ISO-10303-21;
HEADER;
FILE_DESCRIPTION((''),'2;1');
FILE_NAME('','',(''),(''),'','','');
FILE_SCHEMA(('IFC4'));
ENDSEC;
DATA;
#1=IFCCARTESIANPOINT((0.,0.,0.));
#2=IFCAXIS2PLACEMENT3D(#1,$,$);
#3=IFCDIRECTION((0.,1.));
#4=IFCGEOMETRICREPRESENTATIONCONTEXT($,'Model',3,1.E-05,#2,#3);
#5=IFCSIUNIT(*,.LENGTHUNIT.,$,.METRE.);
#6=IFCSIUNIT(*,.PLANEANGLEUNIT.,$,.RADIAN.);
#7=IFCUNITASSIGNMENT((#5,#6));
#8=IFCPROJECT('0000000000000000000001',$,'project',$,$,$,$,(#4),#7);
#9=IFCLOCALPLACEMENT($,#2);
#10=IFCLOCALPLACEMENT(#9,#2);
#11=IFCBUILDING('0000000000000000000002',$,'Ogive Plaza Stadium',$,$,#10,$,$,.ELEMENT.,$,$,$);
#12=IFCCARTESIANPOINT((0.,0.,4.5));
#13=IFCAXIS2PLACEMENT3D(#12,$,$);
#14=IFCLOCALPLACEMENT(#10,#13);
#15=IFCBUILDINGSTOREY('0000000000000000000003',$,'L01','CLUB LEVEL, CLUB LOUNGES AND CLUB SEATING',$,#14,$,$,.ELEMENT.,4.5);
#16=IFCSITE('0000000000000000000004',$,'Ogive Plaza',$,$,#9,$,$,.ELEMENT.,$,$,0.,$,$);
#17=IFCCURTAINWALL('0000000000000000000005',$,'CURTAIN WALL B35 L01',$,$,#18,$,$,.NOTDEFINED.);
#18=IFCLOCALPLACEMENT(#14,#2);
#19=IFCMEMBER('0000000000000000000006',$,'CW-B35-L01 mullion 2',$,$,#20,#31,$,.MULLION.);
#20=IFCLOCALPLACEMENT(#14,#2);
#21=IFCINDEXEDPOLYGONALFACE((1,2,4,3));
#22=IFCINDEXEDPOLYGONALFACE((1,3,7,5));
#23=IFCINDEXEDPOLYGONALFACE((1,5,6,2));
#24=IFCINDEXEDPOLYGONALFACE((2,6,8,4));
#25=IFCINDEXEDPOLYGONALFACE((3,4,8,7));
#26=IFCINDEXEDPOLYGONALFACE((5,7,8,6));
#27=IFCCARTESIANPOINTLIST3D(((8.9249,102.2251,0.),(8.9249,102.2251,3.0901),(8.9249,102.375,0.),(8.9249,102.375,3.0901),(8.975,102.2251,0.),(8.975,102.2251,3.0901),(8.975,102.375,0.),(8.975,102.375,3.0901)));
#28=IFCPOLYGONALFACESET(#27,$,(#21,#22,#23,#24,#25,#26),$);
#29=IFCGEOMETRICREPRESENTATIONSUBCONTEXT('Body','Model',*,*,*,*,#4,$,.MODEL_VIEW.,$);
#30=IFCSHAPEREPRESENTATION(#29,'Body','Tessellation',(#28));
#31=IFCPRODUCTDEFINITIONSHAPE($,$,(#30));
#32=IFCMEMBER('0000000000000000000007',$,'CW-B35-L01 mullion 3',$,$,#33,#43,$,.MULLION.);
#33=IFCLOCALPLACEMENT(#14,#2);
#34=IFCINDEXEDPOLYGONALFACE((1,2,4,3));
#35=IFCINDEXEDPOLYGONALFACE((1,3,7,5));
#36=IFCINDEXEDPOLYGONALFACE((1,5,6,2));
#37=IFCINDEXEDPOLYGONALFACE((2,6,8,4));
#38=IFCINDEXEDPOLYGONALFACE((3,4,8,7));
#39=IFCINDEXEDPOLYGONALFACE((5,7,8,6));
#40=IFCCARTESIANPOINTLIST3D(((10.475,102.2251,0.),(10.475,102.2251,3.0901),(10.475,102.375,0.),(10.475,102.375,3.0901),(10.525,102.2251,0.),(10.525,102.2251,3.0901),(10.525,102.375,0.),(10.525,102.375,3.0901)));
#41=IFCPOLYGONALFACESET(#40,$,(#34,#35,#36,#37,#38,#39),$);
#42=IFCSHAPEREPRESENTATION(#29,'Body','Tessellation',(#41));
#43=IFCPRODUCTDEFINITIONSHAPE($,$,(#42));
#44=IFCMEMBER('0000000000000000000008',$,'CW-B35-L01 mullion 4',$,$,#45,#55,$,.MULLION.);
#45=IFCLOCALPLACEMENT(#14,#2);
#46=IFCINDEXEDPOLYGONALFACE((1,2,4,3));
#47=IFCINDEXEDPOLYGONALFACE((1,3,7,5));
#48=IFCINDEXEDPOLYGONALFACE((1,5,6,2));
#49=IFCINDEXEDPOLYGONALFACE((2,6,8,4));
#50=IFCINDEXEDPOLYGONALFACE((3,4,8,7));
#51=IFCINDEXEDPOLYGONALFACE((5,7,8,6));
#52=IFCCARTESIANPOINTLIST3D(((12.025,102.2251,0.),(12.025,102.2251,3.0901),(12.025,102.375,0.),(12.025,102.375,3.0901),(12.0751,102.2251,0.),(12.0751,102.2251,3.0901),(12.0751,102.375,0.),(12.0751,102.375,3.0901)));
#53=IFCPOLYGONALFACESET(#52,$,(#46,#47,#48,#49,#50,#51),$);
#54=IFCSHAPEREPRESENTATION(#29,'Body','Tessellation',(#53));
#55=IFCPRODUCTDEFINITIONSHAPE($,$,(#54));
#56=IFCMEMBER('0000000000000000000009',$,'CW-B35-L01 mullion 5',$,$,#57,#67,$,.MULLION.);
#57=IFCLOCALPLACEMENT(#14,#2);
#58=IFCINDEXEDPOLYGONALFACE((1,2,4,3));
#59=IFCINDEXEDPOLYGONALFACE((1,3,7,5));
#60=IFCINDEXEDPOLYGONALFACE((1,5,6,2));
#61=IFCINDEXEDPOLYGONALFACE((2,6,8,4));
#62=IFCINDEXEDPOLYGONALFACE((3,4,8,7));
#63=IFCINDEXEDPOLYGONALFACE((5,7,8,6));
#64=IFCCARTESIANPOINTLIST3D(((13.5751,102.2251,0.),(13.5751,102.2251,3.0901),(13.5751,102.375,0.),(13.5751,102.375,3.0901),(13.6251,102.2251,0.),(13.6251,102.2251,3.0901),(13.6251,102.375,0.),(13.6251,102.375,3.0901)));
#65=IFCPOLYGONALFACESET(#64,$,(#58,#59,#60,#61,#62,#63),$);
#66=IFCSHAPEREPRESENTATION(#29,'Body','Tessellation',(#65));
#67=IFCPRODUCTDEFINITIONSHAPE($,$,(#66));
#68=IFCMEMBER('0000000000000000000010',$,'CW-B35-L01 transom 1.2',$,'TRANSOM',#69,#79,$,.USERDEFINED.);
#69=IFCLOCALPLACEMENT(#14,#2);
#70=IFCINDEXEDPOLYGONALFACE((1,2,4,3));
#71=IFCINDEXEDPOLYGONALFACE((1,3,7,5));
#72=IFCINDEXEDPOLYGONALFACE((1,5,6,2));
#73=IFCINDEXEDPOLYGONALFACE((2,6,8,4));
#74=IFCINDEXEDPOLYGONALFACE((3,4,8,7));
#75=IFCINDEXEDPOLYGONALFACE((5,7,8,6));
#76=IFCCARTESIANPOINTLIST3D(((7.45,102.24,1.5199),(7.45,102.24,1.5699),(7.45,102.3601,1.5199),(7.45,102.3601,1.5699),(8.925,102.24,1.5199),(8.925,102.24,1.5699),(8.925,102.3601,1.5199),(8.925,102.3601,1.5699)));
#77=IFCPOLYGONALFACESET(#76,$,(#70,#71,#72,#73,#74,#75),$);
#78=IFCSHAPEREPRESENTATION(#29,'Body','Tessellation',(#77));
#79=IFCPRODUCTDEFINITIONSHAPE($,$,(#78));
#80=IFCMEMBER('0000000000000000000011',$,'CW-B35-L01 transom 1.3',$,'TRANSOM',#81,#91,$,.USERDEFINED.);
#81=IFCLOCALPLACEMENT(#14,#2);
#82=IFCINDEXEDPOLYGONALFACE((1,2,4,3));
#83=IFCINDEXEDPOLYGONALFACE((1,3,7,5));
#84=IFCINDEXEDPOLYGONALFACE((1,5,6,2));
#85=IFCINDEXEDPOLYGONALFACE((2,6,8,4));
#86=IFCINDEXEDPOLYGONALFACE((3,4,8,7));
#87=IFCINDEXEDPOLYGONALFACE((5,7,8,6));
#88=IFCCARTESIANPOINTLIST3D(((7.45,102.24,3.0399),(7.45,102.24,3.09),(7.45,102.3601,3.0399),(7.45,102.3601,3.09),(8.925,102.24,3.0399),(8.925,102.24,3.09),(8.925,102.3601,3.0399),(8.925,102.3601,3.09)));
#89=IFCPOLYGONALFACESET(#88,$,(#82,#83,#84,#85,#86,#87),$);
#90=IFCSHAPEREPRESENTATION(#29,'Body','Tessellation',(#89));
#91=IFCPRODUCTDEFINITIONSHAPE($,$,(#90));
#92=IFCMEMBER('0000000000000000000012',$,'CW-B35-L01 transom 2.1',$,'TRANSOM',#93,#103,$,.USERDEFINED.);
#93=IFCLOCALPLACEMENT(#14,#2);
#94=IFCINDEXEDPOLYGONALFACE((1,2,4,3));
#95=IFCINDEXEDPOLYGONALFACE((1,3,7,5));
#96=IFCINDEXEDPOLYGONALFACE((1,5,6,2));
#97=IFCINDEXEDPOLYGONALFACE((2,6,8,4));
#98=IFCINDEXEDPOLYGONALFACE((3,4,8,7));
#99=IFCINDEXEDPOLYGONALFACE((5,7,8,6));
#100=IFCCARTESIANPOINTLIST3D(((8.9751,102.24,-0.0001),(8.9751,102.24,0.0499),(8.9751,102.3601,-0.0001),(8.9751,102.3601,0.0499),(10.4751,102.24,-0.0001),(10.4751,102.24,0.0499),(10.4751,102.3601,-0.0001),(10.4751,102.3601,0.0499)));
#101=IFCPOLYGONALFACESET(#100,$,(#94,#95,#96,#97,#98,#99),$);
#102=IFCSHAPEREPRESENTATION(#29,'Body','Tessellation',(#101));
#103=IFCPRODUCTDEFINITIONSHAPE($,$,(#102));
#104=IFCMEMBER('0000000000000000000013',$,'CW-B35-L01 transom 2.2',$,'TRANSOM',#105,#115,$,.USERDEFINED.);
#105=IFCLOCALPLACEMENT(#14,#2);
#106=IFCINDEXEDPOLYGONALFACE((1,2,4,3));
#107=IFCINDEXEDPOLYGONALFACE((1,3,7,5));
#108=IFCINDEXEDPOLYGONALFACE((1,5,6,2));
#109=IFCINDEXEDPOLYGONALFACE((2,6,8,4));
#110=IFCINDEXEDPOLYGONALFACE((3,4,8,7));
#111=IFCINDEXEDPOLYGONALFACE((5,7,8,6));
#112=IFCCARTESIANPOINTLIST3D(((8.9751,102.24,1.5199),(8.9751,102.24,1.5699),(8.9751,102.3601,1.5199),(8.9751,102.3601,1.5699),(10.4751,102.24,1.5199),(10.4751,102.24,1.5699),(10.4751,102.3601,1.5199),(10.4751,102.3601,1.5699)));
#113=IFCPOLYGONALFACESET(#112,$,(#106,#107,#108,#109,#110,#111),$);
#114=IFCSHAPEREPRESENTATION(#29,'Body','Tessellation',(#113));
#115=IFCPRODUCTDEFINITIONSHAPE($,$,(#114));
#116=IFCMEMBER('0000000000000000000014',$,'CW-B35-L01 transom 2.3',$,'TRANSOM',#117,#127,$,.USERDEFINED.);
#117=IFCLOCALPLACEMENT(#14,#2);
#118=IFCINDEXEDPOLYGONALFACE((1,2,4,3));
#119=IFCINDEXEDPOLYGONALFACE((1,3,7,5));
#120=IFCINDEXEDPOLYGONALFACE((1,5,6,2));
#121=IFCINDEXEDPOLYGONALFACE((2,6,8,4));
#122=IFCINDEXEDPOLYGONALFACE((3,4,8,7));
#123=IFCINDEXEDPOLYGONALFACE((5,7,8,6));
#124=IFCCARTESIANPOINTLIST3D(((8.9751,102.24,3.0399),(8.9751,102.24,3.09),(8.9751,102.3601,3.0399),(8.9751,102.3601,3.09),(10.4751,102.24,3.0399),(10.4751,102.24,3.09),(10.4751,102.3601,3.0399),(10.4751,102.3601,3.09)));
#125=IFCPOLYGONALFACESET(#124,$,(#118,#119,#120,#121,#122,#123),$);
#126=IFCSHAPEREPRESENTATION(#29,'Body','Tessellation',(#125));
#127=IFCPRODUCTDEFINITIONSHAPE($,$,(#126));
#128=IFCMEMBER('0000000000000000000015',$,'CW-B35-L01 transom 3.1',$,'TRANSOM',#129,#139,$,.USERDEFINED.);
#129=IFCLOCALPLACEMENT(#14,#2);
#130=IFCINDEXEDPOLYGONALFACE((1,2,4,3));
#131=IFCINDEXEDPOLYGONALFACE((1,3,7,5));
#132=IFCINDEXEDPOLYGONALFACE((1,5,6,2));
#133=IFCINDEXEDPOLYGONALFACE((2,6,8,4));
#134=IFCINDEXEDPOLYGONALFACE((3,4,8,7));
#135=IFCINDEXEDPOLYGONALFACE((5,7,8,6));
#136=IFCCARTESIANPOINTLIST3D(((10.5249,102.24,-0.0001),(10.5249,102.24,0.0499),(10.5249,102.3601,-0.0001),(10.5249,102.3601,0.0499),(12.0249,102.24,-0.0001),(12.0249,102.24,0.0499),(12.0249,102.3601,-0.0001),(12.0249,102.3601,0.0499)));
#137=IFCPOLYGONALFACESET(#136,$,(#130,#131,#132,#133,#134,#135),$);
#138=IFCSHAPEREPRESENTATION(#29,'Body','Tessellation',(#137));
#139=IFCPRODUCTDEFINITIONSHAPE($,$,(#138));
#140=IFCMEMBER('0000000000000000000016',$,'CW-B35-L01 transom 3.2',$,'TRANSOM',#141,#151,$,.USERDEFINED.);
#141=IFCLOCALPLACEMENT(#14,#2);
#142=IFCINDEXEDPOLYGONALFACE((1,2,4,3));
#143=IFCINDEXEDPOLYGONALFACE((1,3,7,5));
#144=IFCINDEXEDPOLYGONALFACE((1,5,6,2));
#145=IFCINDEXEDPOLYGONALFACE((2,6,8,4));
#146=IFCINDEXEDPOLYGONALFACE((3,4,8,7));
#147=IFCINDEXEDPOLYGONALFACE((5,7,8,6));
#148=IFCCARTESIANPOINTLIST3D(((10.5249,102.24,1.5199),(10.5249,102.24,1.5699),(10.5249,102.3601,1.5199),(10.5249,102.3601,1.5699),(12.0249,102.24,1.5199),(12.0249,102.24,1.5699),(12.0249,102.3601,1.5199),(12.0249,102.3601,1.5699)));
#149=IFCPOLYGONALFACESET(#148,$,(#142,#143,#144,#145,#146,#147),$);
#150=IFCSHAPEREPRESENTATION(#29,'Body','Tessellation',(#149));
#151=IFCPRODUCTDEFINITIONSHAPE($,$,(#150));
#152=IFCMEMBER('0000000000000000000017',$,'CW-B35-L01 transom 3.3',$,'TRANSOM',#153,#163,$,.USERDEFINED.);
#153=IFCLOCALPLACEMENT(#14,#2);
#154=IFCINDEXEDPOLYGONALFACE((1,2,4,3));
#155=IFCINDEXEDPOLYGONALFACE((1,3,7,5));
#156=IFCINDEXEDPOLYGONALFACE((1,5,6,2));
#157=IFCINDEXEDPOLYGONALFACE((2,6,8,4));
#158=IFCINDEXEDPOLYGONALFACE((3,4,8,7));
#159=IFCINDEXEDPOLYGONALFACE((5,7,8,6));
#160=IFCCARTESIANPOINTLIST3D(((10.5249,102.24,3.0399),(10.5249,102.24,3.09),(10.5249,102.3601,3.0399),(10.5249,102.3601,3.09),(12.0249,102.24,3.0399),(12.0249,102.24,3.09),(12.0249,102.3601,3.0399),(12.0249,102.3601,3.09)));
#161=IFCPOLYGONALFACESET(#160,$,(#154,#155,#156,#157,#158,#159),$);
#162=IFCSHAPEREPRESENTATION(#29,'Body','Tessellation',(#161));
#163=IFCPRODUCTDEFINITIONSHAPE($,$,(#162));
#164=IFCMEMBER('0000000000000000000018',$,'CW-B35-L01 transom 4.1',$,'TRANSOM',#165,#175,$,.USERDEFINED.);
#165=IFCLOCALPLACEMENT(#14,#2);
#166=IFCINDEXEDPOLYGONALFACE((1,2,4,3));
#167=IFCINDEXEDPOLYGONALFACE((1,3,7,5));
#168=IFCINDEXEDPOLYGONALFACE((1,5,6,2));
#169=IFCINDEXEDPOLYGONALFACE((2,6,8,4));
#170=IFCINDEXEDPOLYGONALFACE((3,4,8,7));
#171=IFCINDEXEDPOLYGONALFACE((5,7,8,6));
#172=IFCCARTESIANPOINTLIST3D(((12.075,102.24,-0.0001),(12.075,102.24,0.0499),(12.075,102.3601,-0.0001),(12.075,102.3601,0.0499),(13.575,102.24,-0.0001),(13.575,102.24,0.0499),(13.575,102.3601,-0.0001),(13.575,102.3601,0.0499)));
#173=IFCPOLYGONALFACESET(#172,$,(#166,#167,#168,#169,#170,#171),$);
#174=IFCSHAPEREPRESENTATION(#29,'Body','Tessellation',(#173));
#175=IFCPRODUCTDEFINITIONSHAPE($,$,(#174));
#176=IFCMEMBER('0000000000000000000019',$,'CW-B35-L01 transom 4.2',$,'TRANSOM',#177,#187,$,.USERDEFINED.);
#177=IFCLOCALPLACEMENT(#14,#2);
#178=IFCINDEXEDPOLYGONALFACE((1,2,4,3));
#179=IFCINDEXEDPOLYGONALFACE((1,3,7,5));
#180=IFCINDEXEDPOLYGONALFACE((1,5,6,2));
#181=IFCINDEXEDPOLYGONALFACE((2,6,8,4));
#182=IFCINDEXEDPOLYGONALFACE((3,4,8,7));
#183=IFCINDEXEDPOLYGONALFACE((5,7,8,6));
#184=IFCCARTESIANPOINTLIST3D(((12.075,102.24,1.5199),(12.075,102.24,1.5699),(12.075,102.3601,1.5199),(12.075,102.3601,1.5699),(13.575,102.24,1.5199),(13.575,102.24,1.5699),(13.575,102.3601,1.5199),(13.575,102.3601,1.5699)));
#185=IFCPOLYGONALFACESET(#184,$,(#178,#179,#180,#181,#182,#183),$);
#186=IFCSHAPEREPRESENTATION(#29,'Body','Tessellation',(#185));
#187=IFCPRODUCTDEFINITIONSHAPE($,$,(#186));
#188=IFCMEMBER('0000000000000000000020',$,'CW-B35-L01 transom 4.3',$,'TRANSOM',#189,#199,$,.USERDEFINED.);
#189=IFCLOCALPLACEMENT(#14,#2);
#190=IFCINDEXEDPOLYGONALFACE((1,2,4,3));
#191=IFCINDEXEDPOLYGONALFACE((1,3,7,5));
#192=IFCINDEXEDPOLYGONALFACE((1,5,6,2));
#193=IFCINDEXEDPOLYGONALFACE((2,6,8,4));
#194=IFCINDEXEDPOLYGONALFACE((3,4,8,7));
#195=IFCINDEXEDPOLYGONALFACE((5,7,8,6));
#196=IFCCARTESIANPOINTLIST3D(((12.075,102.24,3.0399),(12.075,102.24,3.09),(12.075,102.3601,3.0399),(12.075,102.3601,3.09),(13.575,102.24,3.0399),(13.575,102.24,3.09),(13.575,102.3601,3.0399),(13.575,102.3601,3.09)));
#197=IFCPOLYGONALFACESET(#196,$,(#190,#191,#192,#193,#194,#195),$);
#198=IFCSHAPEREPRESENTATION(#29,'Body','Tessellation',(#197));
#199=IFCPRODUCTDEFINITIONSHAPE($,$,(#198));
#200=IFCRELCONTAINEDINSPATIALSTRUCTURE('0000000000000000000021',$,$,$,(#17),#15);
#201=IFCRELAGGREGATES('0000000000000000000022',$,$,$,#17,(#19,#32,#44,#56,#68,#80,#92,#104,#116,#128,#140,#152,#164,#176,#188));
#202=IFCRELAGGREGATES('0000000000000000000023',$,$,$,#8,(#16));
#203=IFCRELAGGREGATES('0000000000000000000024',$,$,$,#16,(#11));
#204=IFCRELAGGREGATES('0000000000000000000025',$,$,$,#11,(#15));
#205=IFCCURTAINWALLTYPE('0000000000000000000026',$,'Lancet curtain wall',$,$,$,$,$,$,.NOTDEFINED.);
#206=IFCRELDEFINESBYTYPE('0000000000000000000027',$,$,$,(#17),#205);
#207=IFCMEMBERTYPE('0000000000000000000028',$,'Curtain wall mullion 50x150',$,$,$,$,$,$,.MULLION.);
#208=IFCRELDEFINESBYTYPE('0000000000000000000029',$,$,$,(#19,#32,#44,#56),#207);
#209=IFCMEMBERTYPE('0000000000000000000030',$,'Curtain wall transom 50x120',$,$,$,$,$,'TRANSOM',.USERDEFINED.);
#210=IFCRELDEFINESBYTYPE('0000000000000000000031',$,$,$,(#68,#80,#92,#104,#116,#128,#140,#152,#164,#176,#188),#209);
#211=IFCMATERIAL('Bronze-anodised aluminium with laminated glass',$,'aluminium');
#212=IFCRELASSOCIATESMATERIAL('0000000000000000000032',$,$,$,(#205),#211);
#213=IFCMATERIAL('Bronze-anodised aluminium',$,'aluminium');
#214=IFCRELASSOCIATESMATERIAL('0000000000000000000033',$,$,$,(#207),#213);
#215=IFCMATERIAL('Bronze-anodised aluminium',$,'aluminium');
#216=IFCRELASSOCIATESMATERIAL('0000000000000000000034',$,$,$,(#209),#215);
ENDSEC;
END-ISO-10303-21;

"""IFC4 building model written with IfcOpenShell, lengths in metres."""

from ifc_helpers import new_model, si_unit, direction, frame, origin, origin_2d, place, context, subcontext, project, spatial, rectangle, extrude, material, material_profile, profile_set, type_object, element, aggregate, save


model = new_model("IFC4")

# Units and contexts
model_context = context("Model", 3, precision=1e-05, world=origin(), true_north=direction((0.0, 1.0)))
body_context = subcontext(model_context, "Body", "Model", "MODEL_VIEW")
ifc_project = project(units=[si_unit("LENGTHUNIT", "METRE"), si_unit("PLANEANGLEUNIT", "RADIAN")], contexts=[model_context])

# Site, building, storey
site_placement = place(None, origin())
site = spatial("IfcSite", under=ifc_project, at=site_placement, Name="Ogive Plaza", CompositionType="ELEMENT", RefElevation=0.0)
building_placement = place(site_placement, origin())
building = spatial("IfcBuilding", under=site, at=building_placement, Name="Ogive Plaza Stadium", CompositionType="ELEMENT")
storey_placement = place(building_placement, frame((0.0, 0.0, 4.5)))
storey = spatial("IfcBuildingStorey", under=building, at=storey_placement, Name="L01", Description="CLUB LEVEL, CLUB LOUNGES AND CLUB SEATING", CompositionType="ELEMENT", Elevation=4.5)

# Curtain wall, members
ifc_material_1 = material(Name="Bronze-anodised aluminium with laminated glass", Category="aluminium")
curtain_wall_type = type_object("IfcCurtainWallType", Name="Lancet curtain wall", PredefinedType="NOTDEFINED", material=ifc_material_1)
curtain_wall_placement = place(storey_placement, origin())
curtain_wall = element("IfcCurtainWall", 1, at=curtain_wall_placement, inside=storey, type_object=curtain_wall_type, Name="CURTAIN WALL B35 L01", PredefinedType="NOTDEFINED")
ifc_material_2 = material(Name="Bronze-anodised aluminium", Category="aluminium")
ifc_material_profile_1 = material_profile(ifc_material_2, rectangle(XDim=0.1499, YDim=0.05, at=origin_2d()), Name="AL 150x50")
ifc_profile_set_1 = profile_set([ifc_material_profile_1], Name="Bronze-anodised aluminium")
member_type_1 = type_object("IfcMemberType", Name="Curtain wall mullion 50x150", PredefinedType="MULLION", material=ifc_profile_set_1)
member_1_placement = place(storey_placement, frame((8.95, 102.3, 0.0), z_axis=(0.0, 0.0, 1.0), x_axis=(0.0, 1.0, 0.0)))
member_1 = element("IfcMember", 2, at=member_1_placement, type_object=member_type_1, Name="CW-B35-L01 mullion 2", PredefinedType="MULLION", context=body_context, shape_type="SweptSolid", body=[
    extrude(rectangle(XDim=0.1499, YDim=0.05, at=origin_2d()), origin(), (0.0, 0.0, 1.0), 3.0901),
])
member_2_placement = place(storey_placement, frame((10.5, 102.3, 0.0), z_axis=(0.0, 0.0, 1.0), x_axis=(0.0, 1.0, 0.0)))
member_2 = element("IfcMember", 3, at=member_2_placement, type_object=member_type_1, Name="CW-B35-L01 mullion 3", PredefinedType="MULLION", context=body_context, shape_type="SweptSolid", body=[
    extrude(rectangle(XDim=0.1499, YDim=0.05, at=origin_2d()), origin(), (0.0, 0.0, 1.0), 3.0901),
])
member_3_placement = place(storey_placement, frame((12.05, 102.3, 0.0), z_axis=(0.0, 0.0, 1.0), x_axis=(0.0, 1.0, 0.0)))
member_3 = element("IfcMember", 4, at=member_3_placement, type_object=member_type_1, Name="CW-B35-L01 mullion 4", PredefinedType="MULLION", context=body_context, shape_type="SweptSolid", body=[
    extrude(rectangle(XDim=0.1499, YDim=0.05, at=origin_2d()), origin(), (0.0, 0.0, 1.0), 3.0901),
])
member_4_placement = place(storey_placement, frame((13.6001, 102.3, 0.0), z_axis=(0.0, 0.0, 1.0), x_axis=(0.0, 1.0, 0.0)))
member_4 = element("IfcMember", 5, at=member_4_placement, type_object=member_type_1, Name="CW-B35-L01 mullion 5", PredefinedType="MULLION", context=body_context, shape_type="SweptSolid", body=[
    extrude(rectangle(XDim=0.1499, YDim=0.05, at=origin_2d()), origin(), (0.0, 0.0, 1.0), 3.0901),
])
ifc_material_3 = material(Name="Bronze-anodised aluminium", Category="aluminium")
ifc_material_profile_2 = material_profile(ifc_material_3, rectangle(XDim=0.1201, YDim=0.05, at=origin_2d()), Name="AL 120x50")
ifc_profile_set_2 = profile_set([ifc_material_profile_2], Name="Bronze-anodised aluminium")
member_type_2 = type_object("IfcMemberType", Name="Curtain wall transom 50x120", ElementType="TRANSOM", PredefinedType="USERDEFINED", material=ifc_profile_set_2)
member_5_placement = place(storey_placement, frame((7.45, 102.3, 1.5449), z_axis=(1.0, 0.0, 0.0), x_axis=(0.0, 1.0, 0.0)))
member_5 = element("IfcMember", 6, at=member_5_placement, type_object=member_type_2, Name="CW-B35-L01 transom 1.2", ObjectType="TRANSOM", PredefinedType="USERDEFINED", context=body_context, shape_type="SweptSolid", body=[
    extrude(rectangle(XDim=0.1201, YDim=0.05, at=origin_2d()), origin(), (0.0, 0.0, 1.0), 1.4751),
])
member_6_placement = place(storey_placement, frame((7.45, 102.3, 3.0649), z_axis=(1.0, 0.0, 0.0), x_axis=(0.0, 1.0, 0.0)))
member_6 = element("IfcMember", 7, at=member_6_placement, type_object=member_type_2, Name="CW-B35-L01 transom 1.3", ObjectType="TRANSOM", PredefinedType="USERDEFINED", context=body_context, shape_type="SweptSolid", body=[
    extrude(rectangle(XDim=0.1201, YDim=0.05, at=origin_2d()), origin(), (0.0, 0.0, 1.0), 1.4751),
])
member_7_placement = place(storey_placement, frame((8.9751, 102.3, 0.0249), z_axis=(1.0, 0.0, 0.0), x_axis=(0.0, 1.0, 0.0)))
member_7 = element("IfcMember", 8, at=member_7_placement, type_object=member_type_2, Name="CW-B35-L01 transom 2.1", ObjectType="TRANSOM", PredefinedType="USERDEFINED", context=body_context, shape_type="SweptSolid", body=[
    extrude(rectangle(XDim=0.1201, YDim=0.05, at=origin_2d()), origin(), (0.0, 0.0, 1.0), 1.5),
])
member_8_placement = place(storey_placement, frame((8.9751, 102.3, 1.5449), z_axis=(1.0, 0.0, 0.0), x_axis=(0.0, 1.0, 0.0)))
member_8 = element("IfcMember", 9, at=member_8_placement, type_object=member_type_2, Name="CW-B35-L01 transom 2.2", ObjectType="TRANSOM", PredefinedType="USERDEFINED", context=body_context, shape_type="SweptSolid", body=[
    extrude(rectangle(XDim=0.1201, YDim=0.05, at=origin_2d()), origin(), (0.0, 0.0, 1.0), 1.5),
])
member_9_placement = place(storey_placement, frame((8.9751, 102.3, 3.0649), z_axis=(1.0, 0.0, 0.0), x_axis=(0.0, 1.0, 0.0)))
member_9 = element("IfcMember", 10, at=member_9_placement, type_object=member_type_2, Name="CW-B35-L01 transom 2.3", ObjectType="TRANSOM", PredefinedType="USERDEFINED", context=body_context, shape_type="SweptSolid", body=[
    extrude(rectangle(XDim=0.1201, YDim=0.05, at=origin_2d()), origin(), (0.0, 0.0, 1.0), 1.5),
])
member_10_placement = place(storey_placement, frame((10.5249, 102.3, 0.0249), z_axis=(1.0, 0.0, 0.0), x_axis=(0.0, 1.0, 0.0)))
member_10 = element("IfcMember", 11, at=member_10_placement, type_object=member_type_2, Name="CW-B35-L01 transom 3.1", ObjectType="TRANSOM", PredefinedType="USERDEFINED", context=body_context, shape_type="SweptSolid", body=[
    extrude(rectangle(XDim=0.1201, YDim=0.05, at=origin_2d()), origin(), (0.0, 0.0, 1.0), 1.5),
])
member_11_placement = place(storey_placement, frame((10.5249, 102.3, 1.5449), z_axis=(1.0, 0.0, 0.0), x_axis=(0.0, 1.0, 0.0)))
member_11 = element("IfcMember", 12, at=member_11_placement, type_object=member_type_2, Name="CW-B35-L01 transom 3.2", ObjectType="TRANSOM", PredefinedType="USERDEFINED", context=body_context, shape_type="SweptSolid", body=[
    extrude(rectangle(XDim=0.1201, YDim=0.05, at=origin_2d()), origin(), (0.0, 0.0, 1.0), 1.5),
])
member_12_placement = place(storey_placement, frame((10.5249, 102.3, 3.0649), z_axis=(1.0, 0.0, 0.0), x_axis=(0.0, 1.0, 0.0)))
member_12 = element("IfcMember", 13, at=member_12_placement, type_object=member_type_2, Name="CW-B35-L01 transom 3.3", ObjectType="TRANSOM", PredefinedType="USERDEFINED", context=body_context, shape_type="SweptSolid", body=[
    extrude(rectangle(XDim=0.1201, YDim=0.05, at=origin_2d()), origin(), (0.0, 0.0, 1.0), 1.5),
])
member_13_placement = place(storey_placement, frame((12.075, 102.3, 0.0249), z_axis=(1.0, 0.0, 0.0), x_axis=(0.0, 1.0, 0.0)))
member_13 = element("IfcMember", 14, at=member_13_placement, type_object=member_type_2, Name="CW-B35-L01 transom 4.1", ObjectType="TRANSOM", PredefinedType="USERDEFINED", context=body_context, shape_type="SweptSolid", body=[
    extrude(rectangle(XDim=0.1201, YDim=0.05, at=origin_2d()), origin(), (0.0, 0.0, 1.0), 1.5),
])
member_14_placement = place(storey_placement, frame((12.075, 102.3, 1.5449), z_axis=(1.0, 0.0, 0.0), x_axis=(0.0, 1.0, 0.0)))
member_14 = element("IfcMember", 15, at=member_14_placement, type_object=member_type_2, Name="CW-B35-L01 transom 4.2", ObjectType="TRANSOM", PredefinedType="USERDEFINED", context=body_context, shape_type="SweptSolid", body=[
    extrude(rectangle(XDim=0.1201, YDim=0.05, at=origin_2d()), origin(), (0.0, 0.0, 1.0), 1.5),
])
member_15_placement = place(storey_placement, frame((12.075, 102.3, 3.0649), z_axis=(1.0, 0.0, 0.0), x_axis=(0.0, 1.0, 0.0)))
member_15 = element("IfcMember", 16, at=member_15_placement, type_object=member_type_2, Name="CW-B35-L01 transom 4.3", ObjectType="TRANSOM", PredefinedType="USERDEFINED", context=body_context, shape_type="SweptSolid", body=[
    extrude(rectangle(XDim=0.1201, YDim=0.05, at=origin_2d()), origin(), (0.0, 0.0, 1.0), 1.5),
])
aggregate(curtain_wall, [member_1, member_2, member_3, member_4, member_5, member_6, member_7, member_8, member_9, member_10, member_11, member_12, member_13, member_14, member_15])

save(model, "model.ifc")
